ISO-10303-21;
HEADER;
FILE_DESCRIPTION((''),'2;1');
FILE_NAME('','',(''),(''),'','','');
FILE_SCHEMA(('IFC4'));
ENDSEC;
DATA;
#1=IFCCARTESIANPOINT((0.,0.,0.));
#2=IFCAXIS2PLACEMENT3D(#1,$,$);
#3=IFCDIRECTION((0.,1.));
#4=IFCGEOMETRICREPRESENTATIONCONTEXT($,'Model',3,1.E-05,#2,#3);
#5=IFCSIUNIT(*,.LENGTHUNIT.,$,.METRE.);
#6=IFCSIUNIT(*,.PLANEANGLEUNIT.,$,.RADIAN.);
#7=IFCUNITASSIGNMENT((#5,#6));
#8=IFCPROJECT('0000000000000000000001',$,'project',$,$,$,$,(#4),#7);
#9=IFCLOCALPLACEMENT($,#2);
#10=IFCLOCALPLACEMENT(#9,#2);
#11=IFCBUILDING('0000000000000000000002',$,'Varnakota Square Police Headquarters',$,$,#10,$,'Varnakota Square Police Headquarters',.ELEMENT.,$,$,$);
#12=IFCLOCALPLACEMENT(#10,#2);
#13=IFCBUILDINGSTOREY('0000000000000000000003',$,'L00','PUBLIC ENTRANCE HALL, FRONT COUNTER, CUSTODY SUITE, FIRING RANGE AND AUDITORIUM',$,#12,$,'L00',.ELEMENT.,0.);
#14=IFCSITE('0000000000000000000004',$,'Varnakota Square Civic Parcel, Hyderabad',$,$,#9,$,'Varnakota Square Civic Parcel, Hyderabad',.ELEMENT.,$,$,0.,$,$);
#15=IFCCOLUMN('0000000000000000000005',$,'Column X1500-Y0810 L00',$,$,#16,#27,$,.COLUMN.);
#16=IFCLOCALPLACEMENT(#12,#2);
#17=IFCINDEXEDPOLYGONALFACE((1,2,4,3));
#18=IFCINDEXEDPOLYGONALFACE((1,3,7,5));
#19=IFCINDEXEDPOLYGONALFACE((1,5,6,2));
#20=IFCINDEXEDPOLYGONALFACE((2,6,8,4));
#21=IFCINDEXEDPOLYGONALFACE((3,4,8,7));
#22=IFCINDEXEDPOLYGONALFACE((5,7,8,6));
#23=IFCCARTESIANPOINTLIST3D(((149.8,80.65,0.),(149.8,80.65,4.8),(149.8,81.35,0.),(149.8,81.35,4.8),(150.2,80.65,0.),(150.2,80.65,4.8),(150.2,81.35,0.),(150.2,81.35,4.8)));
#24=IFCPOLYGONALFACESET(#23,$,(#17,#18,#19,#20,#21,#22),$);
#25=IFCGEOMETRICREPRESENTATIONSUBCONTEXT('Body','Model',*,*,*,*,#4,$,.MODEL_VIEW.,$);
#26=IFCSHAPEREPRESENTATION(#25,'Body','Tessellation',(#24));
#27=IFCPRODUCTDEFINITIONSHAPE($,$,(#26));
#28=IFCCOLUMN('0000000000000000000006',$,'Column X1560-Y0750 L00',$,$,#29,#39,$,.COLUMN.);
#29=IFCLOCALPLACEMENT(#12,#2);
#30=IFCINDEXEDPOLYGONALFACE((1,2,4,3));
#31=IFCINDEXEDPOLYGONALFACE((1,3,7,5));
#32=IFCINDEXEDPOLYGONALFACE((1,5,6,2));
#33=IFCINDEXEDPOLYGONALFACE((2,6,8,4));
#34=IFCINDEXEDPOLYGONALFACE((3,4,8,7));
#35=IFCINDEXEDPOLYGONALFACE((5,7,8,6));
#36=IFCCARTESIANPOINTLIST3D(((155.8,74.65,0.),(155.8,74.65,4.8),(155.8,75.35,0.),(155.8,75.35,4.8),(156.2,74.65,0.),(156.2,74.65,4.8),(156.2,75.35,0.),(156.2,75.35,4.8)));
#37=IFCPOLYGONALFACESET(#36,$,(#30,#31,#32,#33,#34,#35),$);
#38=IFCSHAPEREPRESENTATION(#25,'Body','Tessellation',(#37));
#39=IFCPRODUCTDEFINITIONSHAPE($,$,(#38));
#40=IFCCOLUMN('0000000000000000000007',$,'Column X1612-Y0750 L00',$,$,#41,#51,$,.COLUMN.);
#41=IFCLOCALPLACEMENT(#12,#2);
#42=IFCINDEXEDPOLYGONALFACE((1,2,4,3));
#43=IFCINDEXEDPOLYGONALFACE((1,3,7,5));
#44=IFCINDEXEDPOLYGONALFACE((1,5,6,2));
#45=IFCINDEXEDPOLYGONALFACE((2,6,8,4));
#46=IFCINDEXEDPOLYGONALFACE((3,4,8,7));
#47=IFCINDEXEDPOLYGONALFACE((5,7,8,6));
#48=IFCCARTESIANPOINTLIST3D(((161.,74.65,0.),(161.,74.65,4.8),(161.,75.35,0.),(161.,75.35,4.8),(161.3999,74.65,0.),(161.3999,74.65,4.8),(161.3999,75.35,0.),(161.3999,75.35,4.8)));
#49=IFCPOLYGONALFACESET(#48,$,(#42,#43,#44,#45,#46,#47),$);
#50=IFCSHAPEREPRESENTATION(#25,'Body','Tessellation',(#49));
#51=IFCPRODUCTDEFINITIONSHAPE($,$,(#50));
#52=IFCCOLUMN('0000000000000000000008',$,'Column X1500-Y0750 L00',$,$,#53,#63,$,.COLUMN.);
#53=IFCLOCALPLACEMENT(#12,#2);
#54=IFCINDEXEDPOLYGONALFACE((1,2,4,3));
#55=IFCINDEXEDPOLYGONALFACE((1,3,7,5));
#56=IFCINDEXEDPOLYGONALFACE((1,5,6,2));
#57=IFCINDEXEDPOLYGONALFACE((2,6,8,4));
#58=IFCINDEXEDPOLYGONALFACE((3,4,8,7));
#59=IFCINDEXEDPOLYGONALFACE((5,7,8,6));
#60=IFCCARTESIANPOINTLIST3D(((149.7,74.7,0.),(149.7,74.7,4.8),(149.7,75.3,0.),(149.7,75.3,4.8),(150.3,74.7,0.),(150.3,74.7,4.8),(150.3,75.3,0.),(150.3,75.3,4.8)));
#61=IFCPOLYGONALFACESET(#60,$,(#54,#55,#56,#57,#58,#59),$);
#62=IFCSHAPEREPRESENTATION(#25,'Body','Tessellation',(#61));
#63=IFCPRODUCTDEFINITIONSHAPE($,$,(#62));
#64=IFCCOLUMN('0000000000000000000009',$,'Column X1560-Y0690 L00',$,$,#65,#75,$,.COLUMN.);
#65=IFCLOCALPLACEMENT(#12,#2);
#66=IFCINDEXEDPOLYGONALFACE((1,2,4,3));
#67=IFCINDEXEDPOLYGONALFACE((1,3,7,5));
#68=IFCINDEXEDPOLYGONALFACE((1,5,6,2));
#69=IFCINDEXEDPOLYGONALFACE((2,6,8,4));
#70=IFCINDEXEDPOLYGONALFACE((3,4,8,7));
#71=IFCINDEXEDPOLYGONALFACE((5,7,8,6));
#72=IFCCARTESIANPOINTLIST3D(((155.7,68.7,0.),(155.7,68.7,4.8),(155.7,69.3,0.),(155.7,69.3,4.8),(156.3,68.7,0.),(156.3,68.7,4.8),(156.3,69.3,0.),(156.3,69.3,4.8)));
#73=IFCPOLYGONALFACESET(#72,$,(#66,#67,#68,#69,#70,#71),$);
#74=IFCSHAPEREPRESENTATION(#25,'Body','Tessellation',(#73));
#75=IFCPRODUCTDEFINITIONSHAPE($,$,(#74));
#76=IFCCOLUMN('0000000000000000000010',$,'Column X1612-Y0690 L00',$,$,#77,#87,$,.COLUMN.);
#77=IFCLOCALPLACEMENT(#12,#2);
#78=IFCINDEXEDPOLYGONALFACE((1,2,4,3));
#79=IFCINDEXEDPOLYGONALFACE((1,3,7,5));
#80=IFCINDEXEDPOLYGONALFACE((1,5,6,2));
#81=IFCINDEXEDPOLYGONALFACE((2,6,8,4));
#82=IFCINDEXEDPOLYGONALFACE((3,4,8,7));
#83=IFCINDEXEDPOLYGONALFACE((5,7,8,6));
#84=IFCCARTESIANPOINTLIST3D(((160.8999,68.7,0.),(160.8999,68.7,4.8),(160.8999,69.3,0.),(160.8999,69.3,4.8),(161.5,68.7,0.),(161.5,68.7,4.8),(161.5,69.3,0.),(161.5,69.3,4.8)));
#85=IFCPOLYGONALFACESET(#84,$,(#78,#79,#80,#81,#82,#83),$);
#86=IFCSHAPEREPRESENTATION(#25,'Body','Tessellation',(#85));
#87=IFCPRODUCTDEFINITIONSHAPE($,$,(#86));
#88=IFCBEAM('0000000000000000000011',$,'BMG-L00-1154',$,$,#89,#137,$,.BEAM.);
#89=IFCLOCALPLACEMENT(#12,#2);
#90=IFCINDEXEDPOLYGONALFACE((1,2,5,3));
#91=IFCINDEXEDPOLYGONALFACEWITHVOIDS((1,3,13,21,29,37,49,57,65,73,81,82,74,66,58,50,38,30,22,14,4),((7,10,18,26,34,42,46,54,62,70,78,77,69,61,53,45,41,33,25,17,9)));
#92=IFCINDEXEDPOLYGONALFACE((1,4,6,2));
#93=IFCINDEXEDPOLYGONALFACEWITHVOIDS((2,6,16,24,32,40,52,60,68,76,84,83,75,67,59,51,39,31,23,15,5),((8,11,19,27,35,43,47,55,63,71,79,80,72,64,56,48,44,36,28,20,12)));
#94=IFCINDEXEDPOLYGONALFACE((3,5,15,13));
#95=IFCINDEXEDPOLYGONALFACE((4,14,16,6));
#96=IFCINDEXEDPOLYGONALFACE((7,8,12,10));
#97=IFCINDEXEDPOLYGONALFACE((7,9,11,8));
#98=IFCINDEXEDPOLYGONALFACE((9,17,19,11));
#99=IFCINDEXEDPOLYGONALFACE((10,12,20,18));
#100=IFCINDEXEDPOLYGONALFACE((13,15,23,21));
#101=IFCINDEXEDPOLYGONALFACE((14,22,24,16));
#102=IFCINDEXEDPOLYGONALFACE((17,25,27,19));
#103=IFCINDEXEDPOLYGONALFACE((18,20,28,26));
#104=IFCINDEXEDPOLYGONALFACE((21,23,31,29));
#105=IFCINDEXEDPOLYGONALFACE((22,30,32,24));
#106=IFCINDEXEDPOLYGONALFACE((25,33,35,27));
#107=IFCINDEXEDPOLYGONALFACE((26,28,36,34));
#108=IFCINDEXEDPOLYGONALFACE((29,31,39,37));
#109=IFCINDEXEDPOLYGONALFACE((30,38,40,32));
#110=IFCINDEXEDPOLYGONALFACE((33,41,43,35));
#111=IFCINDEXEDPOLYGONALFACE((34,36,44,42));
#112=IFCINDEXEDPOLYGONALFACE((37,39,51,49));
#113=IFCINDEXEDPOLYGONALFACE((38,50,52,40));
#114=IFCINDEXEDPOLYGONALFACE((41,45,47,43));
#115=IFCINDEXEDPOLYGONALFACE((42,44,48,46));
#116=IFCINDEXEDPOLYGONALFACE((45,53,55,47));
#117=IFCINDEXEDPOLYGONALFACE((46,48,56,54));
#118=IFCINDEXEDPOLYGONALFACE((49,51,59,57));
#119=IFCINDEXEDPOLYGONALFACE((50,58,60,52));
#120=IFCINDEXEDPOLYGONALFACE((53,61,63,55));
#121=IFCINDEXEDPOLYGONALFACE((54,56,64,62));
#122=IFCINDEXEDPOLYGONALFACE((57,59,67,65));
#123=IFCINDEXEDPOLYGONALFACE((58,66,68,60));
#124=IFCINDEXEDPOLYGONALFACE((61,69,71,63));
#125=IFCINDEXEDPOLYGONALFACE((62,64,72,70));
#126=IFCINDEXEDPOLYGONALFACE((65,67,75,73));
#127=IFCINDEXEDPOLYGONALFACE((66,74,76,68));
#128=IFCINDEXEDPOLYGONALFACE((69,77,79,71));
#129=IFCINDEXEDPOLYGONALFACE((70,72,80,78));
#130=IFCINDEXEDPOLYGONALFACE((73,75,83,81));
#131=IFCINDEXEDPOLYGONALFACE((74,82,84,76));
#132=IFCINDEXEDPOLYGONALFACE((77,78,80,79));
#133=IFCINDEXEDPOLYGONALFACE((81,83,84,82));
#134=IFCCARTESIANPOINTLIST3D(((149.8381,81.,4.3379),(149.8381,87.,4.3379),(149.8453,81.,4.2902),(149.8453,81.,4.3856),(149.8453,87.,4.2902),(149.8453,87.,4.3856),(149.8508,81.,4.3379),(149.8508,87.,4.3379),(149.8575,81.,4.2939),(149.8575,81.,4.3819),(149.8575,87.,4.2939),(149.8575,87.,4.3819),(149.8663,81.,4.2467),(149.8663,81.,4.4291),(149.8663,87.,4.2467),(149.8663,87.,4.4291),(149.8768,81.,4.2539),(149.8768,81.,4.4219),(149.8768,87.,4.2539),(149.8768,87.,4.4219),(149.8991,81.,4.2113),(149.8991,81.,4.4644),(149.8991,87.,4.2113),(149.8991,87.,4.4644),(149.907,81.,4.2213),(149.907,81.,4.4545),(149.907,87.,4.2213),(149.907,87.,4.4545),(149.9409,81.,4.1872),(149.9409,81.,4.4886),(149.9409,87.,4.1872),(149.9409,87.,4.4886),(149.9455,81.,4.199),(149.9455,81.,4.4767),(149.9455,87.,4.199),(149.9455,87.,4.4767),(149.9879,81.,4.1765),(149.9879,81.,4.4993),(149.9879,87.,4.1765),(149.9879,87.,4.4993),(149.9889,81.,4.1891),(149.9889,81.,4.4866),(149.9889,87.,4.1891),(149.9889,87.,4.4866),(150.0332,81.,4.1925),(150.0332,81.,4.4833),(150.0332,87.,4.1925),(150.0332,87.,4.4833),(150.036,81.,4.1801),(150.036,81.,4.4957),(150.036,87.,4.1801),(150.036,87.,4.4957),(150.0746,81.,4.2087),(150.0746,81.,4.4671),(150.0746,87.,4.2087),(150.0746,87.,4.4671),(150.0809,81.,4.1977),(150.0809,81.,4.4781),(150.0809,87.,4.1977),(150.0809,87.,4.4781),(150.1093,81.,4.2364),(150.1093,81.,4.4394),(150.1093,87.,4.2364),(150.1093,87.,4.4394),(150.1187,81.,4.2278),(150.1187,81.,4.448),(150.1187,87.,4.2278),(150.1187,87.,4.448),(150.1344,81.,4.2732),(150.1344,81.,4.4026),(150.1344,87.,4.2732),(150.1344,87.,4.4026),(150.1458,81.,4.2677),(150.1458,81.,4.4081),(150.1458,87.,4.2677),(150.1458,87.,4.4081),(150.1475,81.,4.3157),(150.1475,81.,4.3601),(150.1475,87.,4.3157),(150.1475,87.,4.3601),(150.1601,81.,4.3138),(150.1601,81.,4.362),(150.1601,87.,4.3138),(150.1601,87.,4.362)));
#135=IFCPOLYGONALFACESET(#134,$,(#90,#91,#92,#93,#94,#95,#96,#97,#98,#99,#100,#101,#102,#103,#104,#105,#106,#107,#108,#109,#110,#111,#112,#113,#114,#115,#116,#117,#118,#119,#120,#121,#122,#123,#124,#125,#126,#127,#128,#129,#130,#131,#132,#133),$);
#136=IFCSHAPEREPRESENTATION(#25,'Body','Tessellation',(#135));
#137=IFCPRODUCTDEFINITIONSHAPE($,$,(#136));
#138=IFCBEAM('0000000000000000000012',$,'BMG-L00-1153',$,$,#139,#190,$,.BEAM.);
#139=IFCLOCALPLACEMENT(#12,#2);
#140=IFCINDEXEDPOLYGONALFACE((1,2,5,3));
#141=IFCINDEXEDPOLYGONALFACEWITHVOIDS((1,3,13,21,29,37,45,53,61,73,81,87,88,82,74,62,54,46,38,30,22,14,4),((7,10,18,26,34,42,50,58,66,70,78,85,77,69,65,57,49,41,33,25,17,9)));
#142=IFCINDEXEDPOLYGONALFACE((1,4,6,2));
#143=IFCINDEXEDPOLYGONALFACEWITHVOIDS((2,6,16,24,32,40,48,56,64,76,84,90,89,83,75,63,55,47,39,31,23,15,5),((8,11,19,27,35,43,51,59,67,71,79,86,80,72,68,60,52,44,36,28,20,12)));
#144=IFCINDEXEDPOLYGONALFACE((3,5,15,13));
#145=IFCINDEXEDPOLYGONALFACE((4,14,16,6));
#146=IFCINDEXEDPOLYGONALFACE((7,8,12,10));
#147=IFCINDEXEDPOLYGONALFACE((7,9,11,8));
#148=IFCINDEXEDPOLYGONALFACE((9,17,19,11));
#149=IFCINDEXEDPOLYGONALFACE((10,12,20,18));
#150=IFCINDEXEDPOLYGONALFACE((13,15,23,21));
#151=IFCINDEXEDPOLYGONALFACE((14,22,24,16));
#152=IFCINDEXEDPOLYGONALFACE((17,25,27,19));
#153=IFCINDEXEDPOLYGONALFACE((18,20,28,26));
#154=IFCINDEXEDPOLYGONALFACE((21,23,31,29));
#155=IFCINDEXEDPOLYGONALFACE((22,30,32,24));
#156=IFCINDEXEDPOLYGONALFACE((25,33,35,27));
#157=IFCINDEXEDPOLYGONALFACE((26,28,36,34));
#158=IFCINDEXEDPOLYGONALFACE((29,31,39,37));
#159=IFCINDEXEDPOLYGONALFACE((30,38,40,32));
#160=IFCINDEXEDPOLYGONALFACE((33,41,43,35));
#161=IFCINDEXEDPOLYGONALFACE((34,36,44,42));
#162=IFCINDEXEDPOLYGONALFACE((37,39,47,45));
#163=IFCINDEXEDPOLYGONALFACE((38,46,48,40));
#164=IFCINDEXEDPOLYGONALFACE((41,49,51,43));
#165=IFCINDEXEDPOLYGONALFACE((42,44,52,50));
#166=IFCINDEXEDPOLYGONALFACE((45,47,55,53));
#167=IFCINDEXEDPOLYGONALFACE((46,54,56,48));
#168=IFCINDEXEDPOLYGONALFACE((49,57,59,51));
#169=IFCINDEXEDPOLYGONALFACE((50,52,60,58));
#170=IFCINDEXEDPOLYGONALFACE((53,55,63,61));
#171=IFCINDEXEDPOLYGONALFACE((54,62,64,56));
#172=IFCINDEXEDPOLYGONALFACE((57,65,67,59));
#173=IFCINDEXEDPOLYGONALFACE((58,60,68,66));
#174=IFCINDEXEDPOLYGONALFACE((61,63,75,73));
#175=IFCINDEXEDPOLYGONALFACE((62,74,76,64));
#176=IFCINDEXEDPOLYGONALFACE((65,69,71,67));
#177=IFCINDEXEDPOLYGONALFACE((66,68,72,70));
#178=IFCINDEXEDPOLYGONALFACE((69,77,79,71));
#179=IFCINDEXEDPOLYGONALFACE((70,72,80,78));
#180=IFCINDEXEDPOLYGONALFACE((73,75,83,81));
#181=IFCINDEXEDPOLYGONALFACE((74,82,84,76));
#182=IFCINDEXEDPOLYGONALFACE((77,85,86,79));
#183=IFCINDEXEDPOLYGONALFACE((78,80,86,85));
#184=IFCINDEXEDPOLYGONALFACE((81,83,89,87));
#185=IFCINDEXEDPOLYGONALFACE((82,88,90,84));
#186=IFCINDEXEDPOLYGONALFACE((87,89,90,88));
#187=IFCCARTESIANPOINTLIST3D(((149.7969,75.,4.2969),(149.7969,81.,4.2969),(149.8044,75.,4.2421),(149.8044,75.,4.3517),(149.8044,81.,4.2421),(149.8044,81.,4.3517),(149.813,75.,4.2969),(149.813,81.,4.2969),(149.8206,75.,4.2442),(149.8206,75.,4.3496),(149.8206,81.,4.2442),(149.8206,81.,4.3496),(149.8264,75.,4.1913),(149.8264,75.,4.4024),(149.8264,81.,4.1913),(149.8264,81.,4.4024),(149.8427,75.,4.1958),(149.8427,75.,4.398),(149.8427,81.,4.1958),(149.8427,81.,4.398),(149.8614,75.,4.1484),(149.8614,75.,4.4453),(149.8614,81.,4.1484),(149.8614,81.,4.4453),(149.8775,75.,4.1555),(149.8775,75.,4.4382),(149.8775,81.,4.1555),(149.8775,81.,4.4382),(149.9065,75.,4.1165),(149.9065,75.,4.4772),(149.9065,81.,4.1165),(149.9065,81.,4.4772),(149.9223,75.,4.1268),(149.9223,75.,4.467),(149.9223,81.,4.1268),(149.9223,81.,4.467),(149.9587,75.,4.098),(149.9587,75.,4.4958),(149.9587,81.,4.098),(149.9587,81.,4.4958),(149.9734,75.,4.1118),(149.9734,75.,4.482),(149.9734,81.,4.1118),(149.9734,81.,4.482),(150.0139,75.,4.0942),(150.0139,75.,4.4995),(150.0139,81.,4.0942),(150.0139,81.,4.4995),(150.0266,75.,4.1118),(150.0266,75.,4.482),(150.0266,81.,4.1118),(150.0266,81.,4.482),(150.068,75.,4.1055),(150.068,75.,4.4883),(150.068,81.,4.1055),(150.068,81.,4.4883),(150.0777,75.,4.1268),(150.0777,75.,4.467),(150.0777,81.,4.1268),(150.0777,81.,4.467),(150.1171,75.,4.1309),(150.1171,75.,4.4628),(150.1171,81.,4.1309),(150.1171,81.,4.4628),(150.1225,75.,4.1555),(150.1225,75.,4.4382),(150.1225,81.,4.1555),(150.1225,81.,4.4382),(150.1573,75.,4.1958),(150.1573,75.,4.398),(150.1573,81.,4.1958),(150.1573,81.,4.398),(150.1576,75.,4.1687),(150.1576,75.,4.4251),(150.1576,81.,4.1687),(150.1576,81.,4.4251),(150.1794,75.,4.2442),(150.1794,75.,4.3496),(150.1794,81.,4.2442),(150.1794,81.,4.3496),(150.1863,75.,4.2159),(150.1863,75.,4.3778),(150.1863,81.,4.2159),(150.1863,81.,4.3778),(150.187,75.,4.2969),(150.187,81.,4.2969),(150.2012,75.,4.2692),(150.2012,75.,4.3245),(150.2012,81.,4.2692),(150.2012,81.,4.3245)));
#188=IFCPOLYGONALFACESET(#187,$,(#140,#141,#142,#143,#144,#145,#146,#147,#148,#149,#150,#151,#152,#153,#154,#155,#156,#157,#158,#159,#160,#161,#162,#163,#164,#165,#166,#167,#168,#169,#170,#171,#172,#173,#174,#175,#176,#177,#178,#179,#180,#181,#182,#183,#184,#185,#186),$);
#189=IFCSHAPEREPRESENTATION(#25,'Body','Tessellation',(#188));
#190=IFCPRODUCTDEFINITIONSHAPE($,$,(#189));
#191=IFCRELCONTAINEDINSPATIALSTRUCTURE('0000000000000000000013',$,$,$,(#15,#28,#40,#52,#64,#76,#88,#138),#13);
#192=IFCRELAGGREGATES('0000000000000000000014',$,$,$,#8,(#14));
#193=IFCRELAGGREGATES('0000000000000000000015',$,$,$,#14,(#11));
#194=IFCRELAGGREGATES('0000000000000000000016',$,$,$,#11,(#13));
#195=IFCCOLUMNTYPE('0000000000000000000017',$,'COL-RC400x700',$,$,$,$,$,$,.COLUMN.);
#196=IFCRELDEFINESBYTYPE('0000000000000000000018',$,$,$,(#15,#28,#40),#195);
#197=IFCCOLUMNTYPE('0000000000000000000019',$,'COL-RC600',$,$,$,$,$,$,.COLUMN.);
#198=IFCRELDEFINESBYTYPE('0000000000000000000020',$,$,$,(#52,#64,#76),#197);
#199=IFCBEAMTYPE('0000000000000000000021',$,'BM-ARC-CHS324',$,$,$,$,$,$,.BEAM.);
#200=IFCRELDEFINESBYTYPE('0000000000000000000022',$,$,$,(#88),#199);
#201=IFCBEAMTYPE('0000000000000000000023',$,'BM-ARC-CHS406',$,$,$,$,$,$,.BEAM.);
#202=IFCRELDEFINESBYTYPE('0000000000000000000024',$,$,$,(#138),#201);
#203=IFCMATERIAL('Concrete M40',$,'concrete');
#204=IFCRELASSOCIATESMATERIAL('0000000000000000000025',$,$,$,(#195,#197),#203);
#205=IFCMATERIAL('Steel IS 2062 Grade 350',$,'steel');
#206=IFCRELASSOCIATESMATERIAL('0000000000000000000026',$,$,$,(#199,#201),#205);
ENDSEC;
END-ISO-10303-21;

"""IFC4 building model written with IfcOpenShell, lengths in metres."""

from ifc_helpers import new_model, si_unit, direction, frame, origin, origin_2d, place, context, subcontext, project, spatial, rectangle, hollow_circle, extrude, material, material_profile, profile_set, type_object, element, save


model = new_model("IFC4")

# Units and contexts
model_context = context("Model", 3, precision=1e-05, world=origin(), true_north=direction((0.0, 1.0)))
body_context = subcontext(model_context, "Body", "Model", "MODEL_VIEW")
ifc_project = project(units=[si_unit("LENGTHUNIT", "METRE"), si_unit("PLANEANGLEUNIT", "RADIAN")], contexts=[model_context])

# Site, building, storey
site_placement = place(None, origin())
site = spatial("IfcSite", under=ifc_project, at=site_placement, Name="Varnakota Square Civic Parcel, Hyderabad", LongName="Varnakota Square Civic Parcel, Hyderabad", CompositionType="ELEMENT", RefElevation=0.0)
building_placement = place(site_placement, origin())
building = spatial("IfcBuilding", under=site, at=building_placement, Name="Varnakota Square Police Headquarters", LongName="Varnakota Square Police Headquarters", CompositionType="ELEMENT")
storey_placement = place(building_placement, origin())
storey = spatial("IfcBuildingStorey", under=building, at=storey_placement, Name="L00", Description="PUBLIC ENTRANCE HALL, FRONT COUNTER, CUSTODY SUITE, FIRING RANGE AND AUDITORIUM", LongName="L00", CompositionType="ELEMENT", Elevation=0.0)

# Columns
ifc_material_1 = material(Name="Concrete M40", Category="concrete")
ifc_material_profile_1 = material_profile(ifc_material_1, rectangle(XDim=0.3999, YDim=0.7, at=origin_2d()), Name="RC 400x700")
ifc_profile_set_1 = profile_set([ifc_material_profile_1], Name="Concrete M40")
column_type_1 = type_object("IfcColumnType", Name="COL-RC400x700", PredefinedType="COLUMN", material=ifc_profile_set_1)
for number, where, z_axis, x_axis, name in (
    (1, (150.0, 81.0, 0.0), (0.0, 0.0, 1.0), (1.0, 0.0, 0.0), "Column X1500-Y0810 L00"),
    (2, (156.0, 75.0, 0.0), (0.0, 0.0, 1.0), (1.0, 0.0, 0.0), "Column X1560-Y0750 L00"),
    (3, (161.2, 75.0, 0.0), (0.0, 0.0, 1.0), (1.0, 0.0, 0.0), "Column X1612-Y0750 L00"),
):
    element("IfcColumn", number, at=place(storey_placement, frame(where, z_axis=z_axis, x_axis=x_axis)), inside=storey, type_object=column_type_1, Name=name, PredefinedType="COLUMN", context=body_context, shape_type="SweptSolid", body=[
        extrude(rectangle(XDim=0.3999, YDim=0.7, at=origin_2d()), origin(), (0.0, 0.0, 1.0), 4.8),
    ])
ifc_material_profile_2 = material_profile(ifc_material_1, rectangle(XDim=0.6001, YDim=0.6001, at=origin_2d()), Name="RC 600x600")
ifc_profile_set_2 = profile_set([ifc_material_profile_2], Name="Concrete M40")
column_type_2 = type_object("IfcColumnType", Name="COL-RC600", PredefinedType="COLUMN", material=ifc_profile_set_2)
for number, where, z_axis, x_axis, name in (
    (4, (150.0, 75.0, 0.0), (0.0, 0.0, 1.0), (1.0, 0.0, 0.0), "Column X1500-Y0750 L00"),
    (5, (156.0, 69.0, 0.0), (0.0, 0.0, 1.0), (1.0, 0.0, 0.0), "Column X1560-Y0690 L00"),
    (6, (161.2, 69.0, 0.0), (0.0, 0.0, 1.0), (1.0, 0.0, 0.0), "Column X1612-Y0690 L00"),
):
    element("IfcColumn", number, at=place(storey_placement, frame(where, z_axis=z_axis, x_axis=x_axis)), inside=storey, type_object=column_type_2, Name=name, PredefinedType="COLUMN", context=body_context, shape_type="SweptSolid", body=[
        extrude(rectangle(XDim=0.6001, YDim=0.6001, at=origin_2d()), origin(), (0.0, 0.0, 1.0), 4.8),
    ])

# Beams
ifc_material_2 = material(Name="Steel IS 2062 Grade 350", Category="steel")
ifc_material_profile_3 = material_profile(ifc_material_2, hollow_circle(Radius=0.1619, WallThickness=0.0127, at=origin_2d()), Name="CHS 323.9x12.7")
ifc_profile_set_3 = profile_set([ifc_material_profile_3], Name="Steel IS 2062 Grade 350")
beam_type_1 = type_object("IfcBeamType", Name="BM-ARC-CHS324", PredefinedType="BEAM", material=ifc_profile_set_3)
beam_1_placement = place(storey_placement, frame((150.0, 81.0, 4.3379), z_axis=(0.0, 1.0, 0.0), x_axis=(-1.0, 0.0, 0.0)))
element("IfcBeam", 7, at=beam_1_placement, inside=storey, type_object=beam_type_1, Name="BMG-L00-1154", PredefinedType="BEAM", context=body_context, shape_type="SweptSolid", body=[
    extrude(hollow_circle(Radius=0.1619, WallThickness=0.0127, at=origin_2d()), origin(), (0.0, 0.0, 1.0), 6.0),
])
ifc_material_profile_4 = material_profile(ifc_material_2, hollow_circle(Radius=0.2031, WallThickness=0.0161, at=origin_2d()), Name="CHS 406.4x16.0")
ifc_profile_set_4 = profile_set([ifc_material_profile_4], Name="Steel IS 2062 Grade 350")
beam_type_2 = type_object("IfcBeamType", Name="BM-ARC-CHS406", PredefinedType="BEAM", material=ifc_profile_set_4)
for number, where, z_axis, x_axis, name in (
    (8, (150.0, 75.0, 4.2969), (0.0, 1.0, 0.0), (-1.0, 0.0, 0.0), "BMG-L00-1153"),
):
    element("IfcBeam", number, at=place(storey_placement, frame(where, z_axis=z_axis, x_axis=x_axis)), inside=storey, type_object=beam_type_2, Name=name, PredefinedType="BEAM", context=body_context, shape_type="SweptSolid", body=[
        extrude(hollow_circle(Radius=0.2031, WallThickness=0.0161, at=origin_2d()), origin(), (0.0, 0.0, 1.0), 6.0),
    ])

save(model, "model.ifc")
